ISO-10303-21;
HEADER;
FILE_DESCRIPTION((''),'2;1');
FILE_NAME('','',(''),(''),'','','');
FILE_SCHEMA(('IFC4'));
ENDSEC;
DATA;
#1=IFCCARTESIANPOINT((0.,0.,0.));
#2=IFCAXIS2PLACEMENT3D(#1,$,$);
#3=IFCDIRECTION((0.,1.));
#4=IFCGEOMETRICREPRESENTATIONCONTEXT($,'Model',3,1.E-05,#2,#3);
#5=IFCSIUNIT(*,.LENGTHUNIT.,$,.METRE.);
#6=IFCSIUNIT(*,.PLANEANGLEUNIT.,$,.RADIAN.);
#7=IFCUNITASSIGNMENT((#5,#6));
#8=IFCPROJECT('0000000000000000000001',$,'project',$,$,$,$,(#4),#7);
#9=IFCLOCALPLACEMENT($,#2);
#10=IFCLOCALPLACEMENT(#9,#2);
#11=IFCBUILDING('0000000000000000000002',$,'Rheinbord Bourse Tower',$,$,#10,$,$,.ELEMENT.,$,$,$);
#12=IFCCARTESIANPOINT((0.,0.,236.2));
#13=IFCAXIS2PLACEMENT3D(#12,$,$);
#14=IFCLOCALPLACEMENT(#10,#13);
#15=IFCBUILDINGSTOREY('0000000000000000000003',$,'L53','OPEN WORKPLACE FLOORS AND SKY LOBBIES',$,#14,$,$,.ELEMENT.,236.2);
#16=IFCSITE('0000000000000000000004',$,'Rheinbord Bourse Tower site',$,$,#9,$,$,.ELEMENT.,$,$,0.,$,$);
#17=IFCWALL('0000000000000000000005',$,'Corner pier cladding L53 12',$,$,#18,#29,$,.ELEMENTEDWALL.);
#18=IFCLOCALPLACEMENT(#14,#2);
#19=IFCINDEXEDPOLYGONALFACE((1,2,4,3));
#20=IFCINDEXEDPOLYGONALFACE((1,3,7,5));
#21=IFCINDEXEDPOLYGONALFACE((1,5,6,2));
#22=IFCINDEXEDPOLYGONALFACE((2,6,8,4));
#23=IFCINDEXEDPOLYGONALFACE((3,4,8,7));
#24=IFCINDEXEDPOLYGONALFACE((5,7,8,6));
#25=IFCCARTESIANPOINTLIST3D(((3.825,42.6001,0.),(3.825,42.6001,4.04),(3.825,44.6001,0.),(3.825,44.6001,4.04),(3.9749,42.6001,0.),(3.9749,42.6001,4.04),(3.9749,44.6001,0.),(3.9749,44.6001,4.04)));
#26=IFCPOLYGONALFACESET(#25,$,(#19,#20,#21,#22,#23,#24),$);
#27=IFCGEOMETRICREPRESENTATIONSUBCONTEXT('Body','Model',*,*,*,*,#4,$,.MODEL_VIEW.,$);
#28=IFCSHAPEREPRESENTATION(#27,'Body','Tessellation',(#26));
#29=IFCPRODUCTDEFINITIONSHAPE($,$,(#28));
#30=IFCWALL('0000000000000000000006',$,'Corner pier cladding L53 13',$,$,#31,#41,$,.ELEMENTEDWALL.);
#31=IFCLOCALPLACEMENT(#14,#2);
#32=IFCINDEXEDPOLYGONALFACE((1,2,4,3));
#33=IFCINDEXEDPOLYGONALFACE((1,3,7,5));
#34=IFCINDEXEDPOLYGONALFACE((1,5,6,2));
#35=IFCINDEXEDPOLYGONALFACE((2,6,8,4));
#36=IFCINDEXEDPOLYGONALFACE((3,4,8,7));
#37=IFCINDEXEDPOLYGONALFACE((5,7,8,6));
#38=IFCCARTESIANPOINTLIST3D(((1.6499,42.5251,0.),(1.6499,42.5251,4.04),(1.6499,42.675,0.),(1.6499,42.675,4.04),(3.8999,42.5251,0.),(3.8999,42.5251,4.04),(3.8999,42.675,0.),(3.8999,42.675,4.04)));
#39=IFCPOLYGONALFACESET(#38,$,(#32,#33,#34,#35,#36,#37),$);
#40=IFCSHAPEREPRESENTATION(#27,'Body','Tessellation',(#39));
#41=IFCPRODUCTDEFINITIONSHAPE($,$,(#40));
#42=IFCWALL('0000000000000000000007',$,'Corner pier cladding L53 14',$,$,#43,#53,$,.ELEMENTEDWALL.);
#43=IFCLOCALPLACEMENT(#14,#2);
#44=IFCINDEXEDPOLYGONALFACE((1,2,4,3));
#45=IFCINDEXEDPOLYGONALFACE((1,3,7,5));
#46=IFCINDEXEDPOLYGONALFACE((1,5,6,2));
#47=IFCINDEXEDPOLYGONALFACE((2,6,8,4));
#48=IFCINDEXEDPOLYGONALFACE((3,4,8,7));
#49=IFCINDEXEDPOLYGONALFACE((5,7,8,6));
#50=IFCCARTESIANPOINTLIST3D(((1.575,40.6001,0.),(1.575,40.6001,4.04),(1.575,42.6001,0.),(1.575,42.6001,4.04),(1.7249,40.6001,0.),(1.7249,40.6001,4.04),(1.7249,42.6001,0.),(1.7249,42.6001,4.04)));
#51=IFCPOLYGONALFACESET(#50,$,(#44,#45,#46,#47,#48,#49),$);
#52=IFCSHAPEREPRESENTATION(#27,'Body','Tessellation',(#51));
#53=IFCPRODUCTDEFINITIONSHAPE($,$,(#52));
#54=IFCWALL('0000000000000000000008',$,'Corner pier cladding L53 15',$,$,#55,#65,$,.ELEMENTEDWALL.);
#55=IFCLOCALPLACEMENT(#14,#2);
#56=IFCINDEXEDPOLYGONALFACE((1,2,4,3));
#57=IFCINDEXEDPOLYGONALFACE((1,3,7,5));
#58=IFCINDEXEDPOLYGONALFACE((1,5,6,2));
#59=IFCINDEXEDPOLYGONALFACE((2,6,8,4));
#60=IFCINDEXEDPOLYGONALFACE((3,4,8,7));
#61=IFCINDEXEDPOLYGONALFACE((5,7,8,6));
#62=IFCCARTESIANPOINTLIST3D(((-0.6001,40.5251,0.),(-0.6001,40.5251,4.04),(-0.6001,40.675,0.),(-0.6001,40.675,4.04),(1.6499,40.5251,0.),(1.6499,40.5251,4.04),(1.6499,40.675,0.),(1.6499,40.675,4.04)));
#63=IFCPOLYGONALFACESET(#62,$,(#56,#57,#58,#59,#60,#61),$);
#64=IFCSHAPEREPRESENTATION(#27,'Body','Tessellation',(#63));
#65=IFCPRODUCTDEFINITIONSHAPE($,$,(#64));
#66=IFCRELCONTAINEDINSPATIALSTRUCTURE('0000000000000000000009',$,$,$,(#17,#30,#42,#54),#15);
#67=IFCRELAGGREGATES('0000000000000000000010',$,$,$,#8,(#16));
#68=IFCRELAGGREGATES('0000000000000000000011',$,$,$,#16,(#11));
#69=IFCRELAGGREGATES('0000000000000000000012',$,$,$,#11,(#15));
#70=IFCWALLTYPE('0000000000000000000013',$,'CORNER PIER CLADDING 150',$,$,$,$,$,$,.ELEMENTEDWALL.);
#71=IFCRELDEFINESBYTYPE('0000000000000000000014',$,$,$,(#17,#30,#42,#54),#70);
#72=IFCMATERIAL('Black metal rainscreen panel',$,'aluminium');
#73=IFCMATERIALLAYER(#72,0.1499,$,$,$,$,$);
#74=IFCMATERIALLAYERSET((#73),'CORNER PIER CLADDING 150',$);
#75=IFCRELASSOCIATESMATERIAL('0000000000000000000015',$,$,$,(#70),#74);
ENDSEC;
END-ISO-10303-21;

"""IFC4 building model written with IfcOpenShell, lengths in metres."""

from ifc_helpers import new_model, si_unit, direction, frame, frame_2d, origin, place, context, subcontext, project, spatial, rectangle, extrude, material, layer, layer_set, type_object, element, save


model = new_model("IFC4")

# Units and contexts
model_context = context("Model", 3, precision=1e-05, world=origin(), true_north=direction((0.0, 1.0)))
body_context = subcontext(model_context, "Body", "Model", "MODEL_VIEW")
ifc_project = project(units=[si_unit("LENGTHUNIT", "METRE"), si_unit("PLANEANGLEUNIT", "RADIAN")], contexts=[model_context])

# Site, building, storey
site_placement = place(None, origin())
site = spatial("IfcSite", under=ifc_project, at=site_placement, Name="Rheinbord Bourse Tower site", CompositionType="ELEMENT", RefElevation=0.0)
building_placement = place(site_placement, origin())
building = spatial("IfcBuilding", under=site, at=building_placement, Name="Rheinbord Bourse Tower", CompositionType="ELEMENT")
storey_placement = place(building_placement, frame((0.0, 0.0, 236.2)))
storey = spatial("IfcBuildingStorey", under=building, at=storey_placement, Name="L53", Description="OPEN WORKPLACE FLOORS AND SKY LOBBIES", CompositionType="ELEMENT", Elevation=236.2)

# Walls
ifc_material_1 = material(Name="Black metal rainscreen panel", Category="aluminium")
ifc_layer_1 = layer(ifc_material_1, 0.1499)
ifc_layer_set_1 = layer_set([ifc_layer_1], Name="CORNER PIER CLADDING 150")
wall_type = type_object("IfcWallType", Name="CORNER PIER CLADDING 150", PredefinedType="ELEMENTEDWALL", material=ifc_layer_set_1)
wall_1_placement = place(storey_placement, frame((3.8999, 44.6001, 0.0), z_axis=(0.0, 0.0, 1.0), x_axis=(0.0, -1.0, 0.0)))
element("IfcWall", 1, at=wall_1_placement, inside=storey, type_object=wall_type, Name="Corner pier cladding L53 12", PredefinedType="ELEMENTEDWALL", context=body_context, shape_type="SweptSolid", body=[
    extrude(rectangle(XDim=2.0, YDim=0.1499, at=frame_2d((1.0, 0.0))), origin(), (0.0, 0.0, 1.0), 4.04),
])
wall_2_placement = place(storey_placement, frame((3.8999, 42.6001, 0.0), z_axis=(0.0, 0.0, 1.0), x_axis=(-1.0, 0.0, 0.0)))
element("IfcWall", 2, at=wall_2_placement, inside=storey, type_object=wall_type, Name="Corner pier cladding L53 13", PredefinedType="ELEMENTEDWALL", context=body_context, shape_type="SweptSolid", body=[
    extrude(rectangle(XDim=2.25, YDim=0.1499, at=frame_2d((1.125, 0.0))), origin(), (0.0, 0.0, 1.0), 4.04),
])
wall_3_placement = place(storey_placement, frame((1.6499, 42.6001, 0.0), z_axis=(0.0, 0.0, 1.0), x_axis=(0.0, -1.0, 0.0)))
element("IfcWall", 3, at=wall_3_placement, inside=storey, type_object=wall_type, Name="Corner pier cladding L53 14", PredefinedType="ELEMENTEDWALL", context=body_context, shape_type="SweptSolid", body=[
    extrude(rectangle(XDim=2.0, YDim=0.1499, at=frame_2d((1.0, 0.0))), origin(), (0.0, 0.0, 1.0), 4.04),
])
wall_4_placement = place(storey_placement, frame((1.6499, 40.6001, 0.0), z_axis=(0.0, 0.0, 1.0), x_axis=(-1.0, 0.0, 0.0)))
element("IfcWall", 4, at=wall_4_placement, inside=storey, type_object=wall_type, Name="Corner pier cladding L53 15", PredefinedType="ELEMENTEDWALL", context=body_context, shape_type="SweptSolid", body=[
    extrude(rectangle(XDim=2.25, YDim=0.1499, at=frame_2d((1.125, 0.0))), origin(), (0.0, 0.0, 1.0), 4.04),
])

save(model, "model.ifc")
